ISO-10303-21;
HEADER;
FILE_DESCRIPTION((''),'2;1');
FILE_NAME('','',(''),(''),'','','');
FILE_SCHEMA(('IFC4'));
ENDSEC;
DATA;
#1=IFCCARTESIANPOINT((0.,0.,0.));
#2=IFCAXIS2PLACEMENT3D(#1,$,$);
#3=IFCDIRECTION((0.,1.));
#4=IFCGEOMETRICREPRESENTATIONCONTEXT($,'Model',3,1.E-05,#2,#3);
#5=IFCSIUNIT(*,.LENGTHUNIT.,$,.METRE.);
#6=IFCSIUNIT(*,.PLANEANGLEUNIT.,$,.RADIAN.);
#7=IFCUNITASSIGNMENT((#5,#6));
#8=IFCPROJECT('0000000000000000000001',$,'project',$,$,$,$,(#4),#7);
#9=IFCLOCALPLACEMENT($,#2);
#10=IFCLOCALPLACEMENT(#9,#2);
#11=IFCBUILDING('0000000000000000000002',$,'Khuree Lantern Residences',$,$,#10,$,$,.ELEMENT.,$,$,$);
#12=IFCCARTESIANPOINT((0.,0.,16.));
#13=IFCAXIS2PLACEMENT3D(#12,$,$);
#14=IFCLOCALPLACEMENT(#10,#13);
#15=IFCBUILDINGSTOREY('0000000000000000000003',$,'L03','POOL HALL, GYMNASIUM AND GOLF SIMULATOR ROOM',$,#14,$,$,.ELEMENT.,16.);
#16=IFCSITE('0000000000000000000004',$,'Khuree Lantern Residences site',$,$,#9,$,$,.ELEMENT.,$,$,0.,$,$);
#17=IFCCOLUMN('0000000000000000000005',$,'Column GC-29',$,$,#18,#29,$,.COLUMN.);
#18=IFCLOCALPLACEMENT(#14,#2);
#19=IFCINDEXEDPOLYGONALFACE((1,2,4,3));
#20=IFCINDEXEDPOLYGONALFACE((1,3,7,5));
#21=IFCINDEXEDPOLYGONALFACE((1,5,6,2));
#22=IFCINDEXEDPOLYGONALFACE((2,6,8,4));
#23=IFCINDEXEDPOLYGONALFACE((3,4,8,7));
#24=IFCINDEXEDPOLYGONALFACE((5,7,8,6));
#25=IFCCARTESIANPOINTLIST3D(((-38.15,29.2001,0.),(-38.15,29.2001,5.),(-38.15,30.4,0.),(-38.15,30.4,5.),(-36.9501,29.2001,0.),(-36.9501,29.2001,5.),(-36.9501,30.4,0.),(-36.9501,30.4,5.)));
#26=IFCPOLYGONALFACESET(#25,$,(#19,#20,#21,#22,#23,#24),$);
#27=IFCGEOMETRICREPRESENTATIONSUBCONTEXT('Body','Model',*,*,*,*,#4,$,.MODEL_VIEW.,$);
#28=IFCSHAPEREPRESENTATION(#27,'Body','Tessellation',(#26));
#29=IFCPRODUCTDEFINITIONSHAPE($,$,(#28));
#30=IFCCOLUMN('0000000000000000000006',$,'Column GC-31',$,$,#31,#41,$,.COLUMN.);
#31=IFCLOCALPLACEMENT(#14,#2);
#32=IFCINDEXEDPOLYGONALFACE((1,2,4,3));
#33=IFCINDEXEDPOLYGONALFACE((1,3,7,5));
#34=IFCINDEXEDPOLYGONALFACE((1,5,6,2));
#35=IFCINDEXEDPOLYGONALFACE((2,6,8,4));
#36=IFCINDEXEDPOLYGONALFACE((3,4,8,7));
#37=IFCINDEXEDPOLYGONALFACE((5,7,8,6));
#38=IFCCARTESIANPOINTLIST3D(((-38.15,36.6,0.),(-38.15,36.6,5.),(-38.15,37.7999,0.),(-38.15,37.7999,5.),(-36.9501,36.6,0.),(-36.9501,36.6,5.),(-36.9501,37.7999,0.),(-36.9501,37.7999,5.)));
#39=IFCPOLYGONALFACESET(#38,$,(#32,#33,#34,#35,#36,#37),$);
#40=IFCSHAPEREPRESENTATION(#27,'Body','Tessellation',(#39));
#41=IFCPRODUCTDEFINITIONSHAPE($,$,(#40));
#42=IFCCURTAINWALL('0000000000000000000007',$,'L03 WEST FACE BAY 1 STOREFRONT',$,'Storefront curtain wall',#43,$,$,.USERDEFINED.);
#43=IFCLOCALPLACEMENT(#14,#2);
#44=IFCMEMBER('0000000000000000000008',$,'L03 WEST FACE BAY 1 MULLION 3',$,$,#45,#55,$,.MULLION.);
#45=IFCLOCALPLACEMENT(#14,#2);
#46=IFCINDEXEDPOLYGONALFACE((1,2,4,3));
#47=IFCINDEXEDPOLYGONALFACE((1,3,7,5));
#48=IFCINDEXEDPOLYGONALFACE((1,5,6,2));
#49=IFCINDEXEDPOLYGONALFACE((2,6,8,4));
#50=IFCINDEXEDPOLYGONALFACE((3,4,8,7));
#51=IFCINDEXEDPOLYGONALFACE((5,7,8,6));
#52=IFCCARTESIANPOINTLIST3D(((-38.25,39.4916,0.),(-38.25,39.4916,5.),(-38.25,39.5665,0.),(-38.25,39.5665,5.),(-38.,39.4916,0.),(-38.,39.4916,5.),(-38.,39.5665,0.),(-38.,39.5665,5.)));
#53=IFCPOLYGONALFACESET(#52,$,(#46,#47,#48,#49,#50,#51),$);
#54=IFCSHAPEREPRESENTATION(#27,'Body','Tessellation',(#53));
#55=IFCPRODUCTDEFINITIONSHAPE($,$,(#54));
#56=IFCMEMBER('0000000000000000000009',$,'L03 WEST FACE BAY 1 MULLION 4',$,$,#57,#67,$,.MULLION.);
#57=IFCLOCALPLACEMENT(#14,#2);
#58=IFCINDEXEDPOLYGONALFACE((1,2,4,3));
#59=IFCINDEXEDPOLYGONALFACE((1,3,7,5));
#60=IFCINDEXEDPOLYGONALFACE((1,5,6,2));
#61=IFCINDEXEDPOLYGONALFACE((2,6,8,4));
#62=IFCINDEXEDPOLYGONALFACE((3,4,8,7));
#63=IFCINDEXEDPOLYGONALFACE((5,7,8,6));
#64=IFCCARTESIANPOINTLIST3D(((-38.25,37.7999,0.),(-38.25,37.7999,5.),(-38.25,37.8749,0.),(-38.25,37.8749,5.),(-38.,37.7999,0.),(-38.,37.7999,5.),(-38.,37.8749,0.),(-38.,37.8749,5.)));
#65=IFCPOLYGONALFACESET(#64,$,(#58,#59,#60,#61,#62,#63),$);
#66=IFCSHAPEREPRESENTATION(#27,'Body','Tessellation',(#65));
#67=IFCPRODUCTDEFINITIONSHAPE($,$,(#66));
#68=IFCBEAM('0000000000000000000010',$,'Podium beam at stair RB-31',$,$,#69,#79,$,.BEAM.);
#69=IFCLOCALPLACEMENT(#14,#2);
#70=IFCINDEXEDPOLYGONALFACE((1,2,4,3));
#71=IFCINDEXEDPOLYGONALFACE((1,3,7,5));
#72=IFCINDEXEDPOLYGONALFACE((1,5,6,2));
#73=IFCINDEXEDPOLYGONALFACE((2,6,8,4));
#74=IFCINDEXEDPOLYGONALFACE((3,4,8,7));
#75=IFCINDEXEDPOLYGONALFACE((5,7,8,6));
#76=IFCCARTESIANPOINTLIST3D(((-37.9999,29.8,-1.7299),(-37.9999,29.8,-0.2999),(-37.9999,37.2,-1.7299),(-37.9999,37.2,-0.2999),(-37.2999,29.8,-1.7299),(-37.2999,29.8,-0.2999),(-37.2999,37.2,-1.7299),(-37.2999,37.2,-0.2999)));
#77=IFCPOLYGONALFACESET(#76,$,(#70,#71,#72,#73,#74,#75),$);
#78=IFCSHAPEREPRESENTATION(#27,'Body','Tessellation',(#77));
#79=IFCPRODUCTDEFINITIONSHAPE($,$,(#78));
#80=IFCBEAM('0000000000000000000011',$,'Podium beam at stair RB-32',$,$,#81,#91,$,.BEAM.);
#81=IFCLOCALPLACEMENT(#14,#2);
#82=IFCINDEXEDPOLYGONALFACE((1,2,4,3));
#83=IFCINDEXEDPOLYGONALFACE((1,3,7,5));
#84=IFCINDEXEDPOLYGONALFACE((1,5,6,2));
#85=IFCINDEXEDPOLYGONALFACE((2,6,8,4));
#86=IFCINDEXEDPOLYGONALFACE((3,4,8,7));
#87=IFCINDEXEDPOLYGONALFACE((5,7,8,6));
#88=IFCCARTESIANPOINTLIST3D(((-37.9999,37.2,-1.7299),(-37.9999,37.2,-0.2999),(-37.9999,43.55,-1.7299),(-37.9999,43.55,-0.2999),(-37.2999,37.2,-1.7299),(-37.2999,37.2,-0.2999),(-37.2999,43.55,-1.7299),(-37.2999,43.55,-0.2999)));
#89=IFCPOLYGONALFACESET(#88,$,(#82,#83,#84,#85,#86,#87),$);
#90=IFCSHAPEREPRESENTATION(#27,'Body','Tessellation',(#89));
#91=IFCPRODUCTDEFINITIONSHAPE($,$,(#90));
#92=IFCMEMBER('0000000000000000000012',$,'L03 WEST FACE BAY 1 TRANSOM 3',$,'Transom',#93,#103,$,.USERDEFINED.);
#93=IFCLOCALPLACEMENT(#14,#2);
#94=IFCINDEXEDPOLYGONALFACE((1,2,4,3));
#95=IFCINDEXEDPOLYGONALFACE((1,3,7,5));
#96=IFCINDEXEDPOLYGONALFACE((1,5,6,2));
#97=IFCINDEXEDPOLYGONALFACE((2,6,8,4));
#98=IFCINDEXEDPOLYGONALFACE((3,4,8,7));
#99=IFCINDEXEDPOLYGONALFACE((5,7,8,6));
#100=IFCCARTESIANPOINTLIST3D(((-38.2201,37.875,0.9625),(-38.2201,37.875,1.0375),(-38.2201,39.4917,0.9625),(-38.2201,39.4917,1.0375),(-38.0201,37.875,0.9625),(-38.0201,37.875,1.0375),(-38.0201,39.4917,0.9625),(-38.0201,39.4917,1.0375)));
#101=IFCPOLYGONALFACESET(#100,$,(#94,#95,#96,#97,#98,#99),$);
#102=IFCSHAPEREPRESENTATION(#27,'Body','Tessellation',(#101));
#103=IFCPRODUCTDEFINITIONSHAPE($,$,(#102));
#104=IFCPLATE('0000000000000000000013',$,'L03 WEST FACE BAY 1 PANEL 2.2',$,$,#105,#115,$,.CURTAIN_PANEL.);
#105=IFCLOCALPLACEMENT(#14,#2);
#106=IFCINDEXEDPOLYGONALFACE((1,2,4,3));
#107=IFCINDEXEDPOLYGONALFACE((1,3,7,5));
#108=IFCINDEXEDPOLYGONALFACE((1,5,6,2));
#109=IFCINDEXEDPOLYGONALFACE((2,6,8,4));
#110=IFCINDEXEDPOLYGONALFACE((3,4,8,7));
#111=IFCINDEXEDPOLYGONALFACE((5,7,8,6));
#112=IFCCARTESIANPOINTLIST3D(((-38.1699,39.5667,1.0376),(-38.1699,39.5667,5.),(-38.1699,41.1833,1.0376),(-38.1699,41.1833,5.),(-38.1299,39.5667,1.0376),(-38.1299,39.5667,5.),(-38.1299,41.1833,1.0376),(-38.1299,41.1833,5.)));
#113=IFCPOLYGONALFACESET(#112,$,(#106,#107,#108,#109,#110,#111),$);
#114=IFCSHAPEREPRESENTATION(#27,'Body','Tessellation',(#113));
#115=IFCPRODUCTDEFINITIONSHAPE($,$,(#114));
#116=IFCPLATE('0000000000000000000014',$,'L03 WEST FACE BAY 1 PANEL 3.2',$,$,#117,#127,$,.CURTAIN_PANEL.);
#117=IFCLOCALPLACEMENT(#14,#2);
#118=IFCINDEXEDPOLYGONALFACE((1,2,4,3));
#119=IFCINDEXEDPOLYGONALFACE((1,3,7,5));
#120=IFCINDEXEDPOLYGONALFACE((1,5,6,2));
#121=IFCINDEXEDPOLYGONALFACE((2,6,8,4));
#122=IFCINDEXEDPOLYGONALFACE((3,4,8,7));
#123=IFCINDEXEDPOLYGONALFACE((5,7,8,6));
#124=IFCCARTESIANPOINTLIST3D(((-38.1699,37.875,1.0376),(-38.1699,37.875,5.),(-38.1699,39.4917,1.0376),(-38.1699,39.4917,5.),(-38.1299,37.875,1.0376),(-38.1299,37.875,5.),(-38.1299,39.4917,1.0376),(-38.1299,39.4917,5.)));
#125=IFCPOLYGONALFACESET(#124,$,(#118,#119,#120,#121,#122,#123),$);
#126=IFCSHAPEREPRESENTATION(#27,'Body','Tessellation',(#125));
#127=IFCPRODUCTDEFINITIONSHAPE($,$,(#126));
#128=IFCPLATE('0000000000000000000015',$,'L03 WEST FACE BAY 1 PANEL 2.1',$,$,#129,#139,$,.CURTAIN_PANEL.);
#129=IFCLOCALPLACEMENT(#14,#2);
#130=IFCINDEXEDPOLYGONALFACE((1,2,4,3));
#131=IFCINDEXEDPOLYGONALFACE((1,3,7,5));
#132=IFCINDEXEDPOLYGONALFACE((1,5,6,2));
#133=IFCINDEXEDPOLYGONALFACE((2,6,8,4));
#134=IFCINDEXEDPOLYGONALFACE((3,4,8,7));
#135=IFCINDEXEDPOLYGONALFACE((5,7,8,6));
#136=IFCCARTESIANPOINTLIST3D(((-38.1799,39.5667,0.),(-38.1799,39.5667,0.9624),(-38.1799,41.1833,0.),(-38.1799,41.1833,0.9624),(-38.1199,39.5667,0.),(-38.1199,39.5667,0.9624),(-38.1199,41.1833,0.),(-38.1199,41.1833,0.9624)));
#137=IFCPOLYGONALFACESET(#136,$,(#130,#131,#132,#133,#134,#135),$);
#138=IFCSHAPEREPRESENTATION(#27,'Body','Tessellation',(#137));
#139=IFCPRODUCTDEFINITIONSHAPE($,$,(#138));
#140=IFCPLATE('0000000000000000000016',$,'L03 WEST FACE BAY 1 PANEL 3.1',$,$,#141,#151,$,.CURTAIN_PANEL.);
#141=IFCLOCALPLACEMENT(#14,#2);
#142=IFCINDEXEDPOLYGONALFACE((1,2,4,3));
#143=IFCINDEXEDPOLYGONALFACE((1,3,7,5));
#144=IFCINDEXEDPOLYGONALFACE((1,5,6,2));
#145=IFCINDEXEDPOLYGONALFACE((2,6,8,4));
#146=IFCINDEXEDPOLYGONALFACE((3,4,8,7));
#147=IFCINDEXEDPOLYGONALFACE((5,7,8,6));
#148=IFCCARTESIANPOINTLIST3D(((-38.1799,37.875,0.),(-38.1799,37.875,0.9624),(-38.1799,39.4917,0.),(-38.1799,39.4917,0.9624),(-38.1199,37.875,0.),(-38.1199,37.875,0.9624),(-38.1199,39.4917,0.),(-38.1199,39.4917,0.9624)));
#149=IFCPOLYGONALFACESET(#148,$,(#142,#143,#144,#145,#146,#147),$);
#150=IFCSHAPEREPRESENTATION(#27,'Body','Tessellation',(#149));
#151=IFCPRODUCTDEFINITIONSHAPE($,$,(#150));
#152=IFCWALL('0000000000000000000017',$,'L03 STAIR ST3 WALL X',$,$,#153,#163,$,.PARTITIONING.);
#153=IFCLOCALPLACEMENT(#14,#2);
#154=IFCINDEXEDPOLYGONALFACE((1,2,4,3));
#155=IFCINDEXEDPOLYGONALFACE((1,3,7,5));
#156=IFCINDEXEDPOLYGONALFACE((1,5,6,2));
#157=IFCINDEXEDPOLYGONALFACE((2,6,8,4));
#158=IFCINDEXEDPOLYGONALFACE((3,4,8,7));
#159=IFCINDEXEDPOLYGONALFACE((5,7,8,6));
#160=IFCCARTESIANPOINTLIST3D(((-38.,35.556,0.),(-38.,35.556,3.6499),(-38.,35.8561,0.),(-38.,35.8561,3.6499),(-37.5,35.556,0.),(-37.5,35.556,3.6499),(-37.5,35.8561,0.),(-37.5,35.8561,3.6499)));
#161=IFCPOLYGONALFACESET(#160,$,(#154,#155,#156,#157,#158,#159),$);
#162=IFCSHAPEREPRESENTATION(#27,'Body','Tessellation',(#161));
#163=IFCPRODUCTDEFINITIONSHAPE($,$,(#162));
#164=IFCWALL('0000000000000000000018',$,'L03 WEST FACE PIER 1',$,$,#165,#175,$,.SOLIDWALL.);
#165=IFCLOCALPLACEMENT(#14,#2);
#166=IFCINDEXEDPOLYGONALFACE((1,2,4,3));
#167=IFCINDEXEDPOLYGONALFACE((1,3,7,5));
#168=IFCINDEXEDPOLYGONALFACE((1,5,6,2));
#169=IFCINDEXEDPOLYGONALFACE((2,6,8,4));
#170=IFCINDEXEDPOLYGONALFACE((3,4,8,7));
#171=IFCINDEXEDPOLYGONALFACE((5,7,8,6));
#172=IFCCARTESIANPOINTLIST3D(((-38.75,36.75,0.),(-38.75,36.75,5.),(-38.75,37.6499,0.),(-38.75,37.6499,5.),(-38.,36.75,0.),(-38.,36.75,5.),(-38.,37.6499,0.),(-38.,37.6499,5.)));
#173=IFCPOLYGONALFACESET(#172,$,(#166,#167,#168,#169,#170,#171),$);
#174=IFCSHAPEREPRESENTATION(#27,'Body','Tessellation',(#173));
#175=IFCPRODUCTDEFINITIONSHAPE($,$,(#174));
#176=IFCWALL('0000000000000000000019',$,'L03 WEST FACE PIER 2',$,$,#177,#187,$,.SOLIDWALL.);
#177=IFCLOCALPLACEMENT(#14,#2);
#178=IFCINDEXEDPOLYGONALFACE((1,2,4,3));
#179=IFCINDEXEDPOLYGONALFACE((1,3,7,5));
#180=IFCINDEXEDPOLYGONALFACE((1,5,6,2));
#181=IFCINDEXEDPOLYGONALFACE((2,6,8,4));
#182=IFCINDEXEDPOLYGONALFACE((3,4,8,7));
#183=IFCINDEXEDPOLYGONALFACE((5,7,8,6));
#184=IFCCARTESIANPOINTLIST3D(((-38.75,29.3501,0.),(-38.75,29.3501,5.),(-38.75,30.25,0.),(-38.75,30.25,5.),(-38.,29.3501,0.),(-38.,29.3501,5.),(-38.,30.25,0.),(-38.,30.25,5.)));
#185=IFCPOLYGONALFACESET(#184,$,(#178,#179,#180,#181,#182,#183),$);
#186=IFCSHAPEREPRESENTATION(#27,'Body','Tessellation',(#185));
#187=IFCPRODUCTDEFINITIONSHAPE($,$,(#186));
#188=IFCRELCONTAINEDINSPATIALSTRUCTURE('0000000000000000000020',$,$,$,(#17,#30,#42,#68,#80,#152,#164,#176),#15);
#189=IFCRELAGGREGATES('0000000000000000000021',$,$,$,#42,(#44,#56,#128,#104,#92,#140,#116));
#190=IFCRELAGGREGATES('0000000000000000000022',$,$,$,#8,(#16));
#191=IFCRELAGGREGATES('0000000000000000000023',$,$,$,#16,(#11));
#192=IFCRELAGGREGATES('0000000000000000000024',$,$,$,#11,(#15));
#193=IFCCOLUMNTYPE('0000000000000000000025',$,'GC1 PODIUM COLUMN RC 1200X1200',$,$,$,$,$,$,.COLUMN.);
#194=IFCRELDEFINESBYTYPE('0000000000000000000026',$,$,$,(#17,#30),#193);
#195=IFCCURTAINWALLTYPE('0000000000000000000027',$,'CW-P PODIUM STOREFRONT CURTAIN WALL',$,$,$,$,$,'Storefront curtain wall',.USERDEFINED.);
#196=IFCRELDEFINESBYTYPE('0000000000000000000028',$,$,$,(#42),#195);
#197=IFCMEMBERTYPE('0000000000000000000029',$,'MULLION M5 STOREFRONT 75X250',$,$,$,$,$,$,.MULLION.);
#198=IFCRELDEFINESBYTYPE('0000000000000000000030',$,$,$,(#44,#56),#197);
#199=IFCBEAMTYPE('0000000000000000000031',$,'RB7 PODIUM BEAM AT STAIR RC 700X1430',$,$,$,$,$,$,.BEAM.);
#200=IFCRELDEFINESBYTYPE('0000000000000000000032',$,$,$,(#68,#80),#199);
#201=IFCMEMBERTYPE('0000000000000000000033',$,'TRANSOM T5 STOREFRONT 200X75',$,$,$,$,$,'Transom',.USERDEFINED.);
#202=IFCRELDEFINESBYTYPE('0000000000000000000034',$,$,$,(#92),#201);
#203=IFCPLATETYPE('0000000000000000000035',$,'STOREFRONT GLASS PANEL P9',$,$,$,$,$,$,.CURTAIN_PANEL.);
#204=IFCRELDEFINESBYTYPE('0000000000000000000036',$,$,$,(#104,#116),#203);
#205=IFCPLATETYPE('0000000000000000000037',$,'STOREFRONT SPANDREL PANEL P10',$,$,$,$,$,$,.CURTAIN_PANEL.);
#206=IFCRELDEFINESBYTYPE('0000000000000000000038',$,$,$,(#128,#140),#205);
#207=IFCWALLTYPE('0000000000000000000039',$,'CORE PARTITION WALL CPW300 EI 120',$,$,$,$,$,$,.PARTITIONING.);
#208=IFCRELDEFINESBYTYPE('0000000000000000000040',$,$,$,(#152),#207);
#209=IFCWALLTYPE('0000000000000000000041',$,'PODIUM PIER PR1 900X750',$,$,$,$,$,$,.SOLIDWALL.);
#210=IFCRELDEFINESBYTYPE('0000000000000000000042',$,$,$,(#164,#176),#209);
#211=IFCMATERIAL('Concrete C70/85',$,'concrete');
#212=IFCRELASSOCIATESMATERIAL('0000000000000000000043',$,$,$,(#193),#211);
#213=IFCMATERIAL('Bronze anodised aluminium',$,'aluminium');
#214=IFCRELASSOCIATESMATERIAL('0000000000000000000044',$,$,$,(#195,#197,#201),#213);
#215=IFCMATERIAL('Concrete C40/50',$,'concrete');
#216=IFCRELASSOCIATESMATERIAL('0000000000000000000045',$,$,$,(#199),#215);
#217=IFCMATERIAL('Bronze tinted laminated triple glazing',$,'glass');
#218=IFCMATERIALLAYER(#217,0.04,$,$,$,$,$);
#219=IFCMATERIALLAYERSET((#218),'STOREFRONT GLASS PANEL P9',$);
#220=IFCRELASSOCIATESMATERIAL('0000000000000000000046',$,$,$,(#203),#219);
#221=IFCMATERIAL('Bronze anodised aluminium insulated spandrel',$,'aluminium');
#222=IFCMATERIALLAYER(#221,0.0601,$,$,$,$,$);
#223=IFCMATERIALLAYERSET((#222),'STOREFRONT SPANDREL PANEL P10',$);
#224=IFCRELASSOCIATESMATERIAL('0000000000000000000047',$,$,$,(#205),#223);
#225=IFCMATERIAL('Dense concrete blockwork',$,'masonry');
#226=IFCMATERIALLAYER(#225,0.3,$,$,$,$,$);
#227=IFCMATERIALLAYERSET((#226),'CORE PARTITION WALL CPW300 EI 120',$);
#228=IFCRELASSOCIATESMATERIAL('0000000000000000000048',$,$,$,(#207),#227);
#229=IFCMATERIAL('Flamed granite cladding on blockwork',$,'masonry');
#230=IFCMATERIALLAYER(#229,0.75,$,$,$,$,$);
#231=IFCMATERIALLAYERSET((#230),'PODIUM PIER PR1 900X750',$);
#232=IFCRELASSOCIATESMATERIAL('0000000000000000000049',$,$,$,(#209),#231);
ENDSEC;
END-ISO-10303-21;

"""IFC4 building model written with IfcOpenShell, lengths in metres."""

from ifc_helpers import new_model, si_unit, direction, frame, frame_2d, origin, origin_2d, place, context, subcontext, project, spatial, rectangle, extrude, material, layer, layer_set, material_profile, profile_set, type_object, element, aggregate, save


model = new_model("IFC4")

# Units and contexts
model_context = context("Model", 3, precision=1e-05, world=origin(), true_north=direction((0.0, 1.0)))
body_context = subcontext(model_context, "Body", "Model", "MODEL_VIEW")
ifc_project = project(units=[si_unit("LENGTHUNIT", "METRE"), si_unit("PLANEANGLEUNIT", "RADIAN")], contexts=[model_context])

# Site, building, storey
site_placement = place(None, origin())
site = spatial("IfcSite", under=ifc_project, at=site_placement, Name="Khuree Lantern Residences site", CompositionType="ELEMENT", RefElevation=0.0)
building_placement = place(site_placement, origin())
building = spatial("IfcBuilding", under=site, at=building_placement, Name="Khuree Lantern Residences", CompositionType="ELEMENT")
storey_placement = place(building_placement, frame((0.0, 0.0, 16.0)))
storey = spatial("IfcBuildingStorey", under=building, at=storey_placement, Name="L03", Description="POOL HALL, GYMNASIUM AND GOLF SIMULATOR ROOM", CompositionType="ELEMENT", Elevation=16.0)

# Columns
ifc_material_1 = material(Name="Concrete C70/85", Category="concrete")
ifc_material_profile_1 = material_profile(ifc_material_1, rectangle(XDim=1.2, YDim=1.2, at=origin_2d()), Name="RC 1200X1200")
ifc_profile_set_1 = profile_set([ifc_material_profile_1], Name="Concrete C70/85")
column_type = type_object("IfcColumnType", Name="GC1 PODIUM COLUMN RC 1200X1200", PredefinedType="COLUMN", material=ifc_profile_set_1)
for number, where, z_axis, x_axis, name in (
    (1, (-37.55, 29.8, 0.0), (0.0, 0.0, 1.0), (1.0, 0.0, 0.0), "Column GC-29"),
    (2, (-37.55, 37.2, 0.0), (0.0, 0.0, 1.0), (1.0, 0.0, 0.0), "Column GC-31"),
):
    element("IfcColumn", number, at=place(storey_placement, frame(where, z_axis=z_axis, x_axis=x_axis)), inside=storey, type_object=column_type, Name=name, PredefinedType="COLUMN", context=body_context, shape_type="SweptSolid", body=[
        extrude(rectangle(XDim=1.2, YDim=1.2, at=origin_2d()), origin(), (0.0, 0.0, 1.0), 5.0),
    ])

# Curtain wall, members
ifc_material_2 = material(Name="Bronze anodised aluminium", Category="aluminium")
curtain_wall_type = type_object("IfcCurtainWallType", Name="CW-P PODIUM STOREFRONT CURTAIN WALL", ElementType="Storefront curtain wall", PredefinedType="USERDEFINED", material=ifc_material_2)
curtain_wall_placement = place(storey_placement, origin())
curtain_wall = element("IfcCurtainWall", 3, at=curtain_wall_placement, inside=storey, type_object=curtain_wall_type, Name="L03 WEST FACE BAY 1 STOREFRONT", ObjectType="Storefront curtain wall", PredefinedType="USERDEFINED")
ifc_material_profile_2 = material_profile(ifc_material_2, rectangle(XDim=0.075, YDim=0.25, at=origin_2d()), Name="M5 75X250")
ifc_profile_set_2 = profile_set([ifc_material_profile_2], Name="Bronze anodised aluminium")
member_type_1 = type_object("IfcMemberType", Name="MULLION M5 STOREFRONT 75X250", PredefinedType="MULLION", material=ifc_profile_set_2)
member_1_placement = place(storey_placement, frame((-38.125, 39.5291, 0.0), z_axis=(0.0, 0.0, 1.0), x_axis=(0.0, -1.0, 0.0)))
member_1 = element("IfcMember", 4, at=member_1_placement, type_object=member_type_1, Name="L03 WEST FACE BAY 1 MULLION 3", PredefinedType="MULLION", context=body_context, shape_type="SweptSolid", body=[
    extrude(rectangle(XDim=0.075, YDim=0.25, at=origin_2d()), origin(), (0.0, 0.0, 1.0), 5.0),
])
member_2_placement = place(storey_placement, frame((-38.125, 37.8374, 0.0), z_axis=(0.0, 0.0, 1.0), x_axis=(0.0, -1.0, 0.0)))
member_2 = element("IfcMember", 5, at=member_2_placement, type_object=member_type_1, Name="L03 WEST FACE BAY 1 MULLION 4", PredefinedType="MULLION", context=body_context, shape_type="SweptSolid", body=[
    extrude(rectangle(XDim=0.075, YDim=0.25, at=origin_2d()), origin(), (0.0, 0.0, 1.0), 5.0),
])

# Beams
ifc_material_3 = material(Name="Concrete C40/50", Category="concrete")
ifc_material_profile_3 = material_profile(ifc_material_3, rectangle(XDim=0.7, YDim=1.4299, at=origin_2d()), Name="RC 700X1430")
ifc_profile_set_3 = profile_set([ifc_material_profile_3], Name="Concrete C40/50")
beam_type = type_object("IfcBeamType", Name="RB7 PODIUM BEAM AT STAIR RC 700X1430", PredefinedType="BEAM", material=ifc_profile_set_3)
beam_1_placement = place(storey_placement, frame((-37.6499, 29.8, -1.0149), z_axis=(0.0, 1.0, 0.0), x_axis=(-1.0, 0.0, 0.0)))
element("IfcBeam", 6, at=beam_1_placement, inside=storey, type_object=beam_type, Name="Podium beam at stair RB-31", PredefinedType="BEAM", context=body_context, shape_type="SweptSolid", body=[
    extrude(rectangle(XDim=0.7, YDim=1.4299, at=origin_2d()), origin(), (0.0, 0.0, 1.0), 7.3999),
])
beam_2_placement = place(storey_placement, frame((-37.6499, 37.2, -1.0149), z_axis=(0.0, 1.0, 0.0), x_axis=(-1.0, 0.0, 0.0)))
element("IfcBeam", 7, at=beam_2_placement, inside=storey, type_object=beam_type, Name="Podium beam at stair RB-32", PredefinedType="BEAM", context=body_context, shape_type="SweptSolid", body=[
    extrude(rectangle(XDim=0.7, YDim=1.4299, at=origin_2d()), origin(), (0.0, 0.0, 1.0), 6.3501),
])

# Member
ifc_material_profile_4 = material_profile(ifc_material_2, rectangle(XDim=0.2, YDim=0.075, at=origin_2d()), Name="T5 200X75")
ifc_profile_set_4 = profile_set([ifc_material_profile_4], Name="Bronze anodised aluminium")
member_type_2 = type_object("IfcMemberType", Name="TRANSOM T5 STOREFRONT 200X75", ElementType="Transom", PredefinedType="USERDEFINED", material=ifc_profile_set_4)
member_3_placement = place(storey_placement, frame((-38.1201, 39.4917, 1.0), z_axis=(0.0, -1.0, 0.0), x_axis=(1.0, 0.0, 0.0)))
member_3 = element("IfcMember", 8, at=member_3_placement, type_object=member_type_2, Name="L03 WEST FACE BAY 1 TRANSOM 3", ObjectType="Transom", PredefinedType="USERDEFINED", context=body_context, shape_type="SweptSolid", body=[
    extrude(rectangle(XDim=0.2, YDim=0.075, at=origin_2d()), origin(), (0.0, 0.0, 1.0), 1.6167),
])

# Plates
ifc_material_4 = material(Name="Bronze tinted laminated triple glazing", Category="glass")
ifc_layer_1 = layer(ifc_material_4, 0.04)
ifc_layer_set_1 = layer_set([ifc_layer_1], Name="STOREFRONT GLASS PANEL P9")
plate_type_1 = type_object("IfcPlateType", Name="STOREFRONT GLASS PANEL P9", PredefinedType="CURTAIN_PANEL", material=ifc_layer_set_1)
plate_1_placement = place(storey_placement, frame((-38.1499, 40.375, 1.0376), z_axis=(0.0, 0.0, 1.0), x_axis=(0.0, -1.0, 0.0)))
plate_1 = element("IfcPlate", 9, at=plate_1_placement, type_object=plate_type_1, Name="L03 WEST FACE BAY 1 PANEL 2.2", PredefinedType="CURTAIN_PANEL", context=body_context, shape_type="SweptSolid", body=[
    extrude(rectangle(XDim=1.6167, YDim=0.04, at=origin_2d()), origin(), (0.0, 0.0, 1.0), 3.9624),
])
plate_2_placement = place(storey_placement, frame((-38.1499, 38.6833, 1.0376), z_axis=(0.0, 0.0, 1.0), x_axis=(0.0, -1.0, 0.0)))
plate_2 = element("IfcPlate", 10, at=plate_2_placement, type_object=plate_type_1, Name="L03 WEST FACE BAY 1 PANEL 3.2", PredefinedType="CURTAIN_PANEL", context=body_context, shape_type="SweptSolid", body=[
    extrude(rectangle(XDim=1.6167, YDim=0.04, at=origin_2d()), origin(), (0.0, 0.0, 1.0), 3.9624),
])
ifc_material_5 = material(Name="Bronze anodised aluminium insulated spandrel", Category="aluminium")
ifc_layer_2 = layer(ifc_material_5, 0.0601)
ifc_layer_set_2 = layer_set([ifc_layer_2], Name="STOREFRONT SPANDREL PANEL P10")
plate_type_2 = type_object("IfcPlateType", Name="STOREFRONT SPANDREL PANEL P10", PredefinedType="CURTAIN_PANEL", material=ifc_layer_set_2)
plate_3_placement = place(storey_placement, frame((-38.1499, 40.375, 0.0), z_axis=(0.0, 0.0, 1.0), x_axis=(0.0, -1.0, 0.0)))
plate_3 = element("IfcPlate", 11, at=plate_3_placement, type_object=plate_type_2, Name="L03 WEST FACE BAY 1 PANEL 2.1", PredefinedType="CURTAIN_PANEL", context=body_context, shape_type="SweptSolid", body=[
    extrude(rectangle(XDim=1.6167, YDim=0.0601, at=origin_2d()), origin(), (0.0, 0.0, 1.0), 0.9624),
])
plate_4_placement = place(storey_placement, frame((-38.1499, 38.6833, 0.0), z_axis=(0.0, 0.0, 1.0), x_axis=(0.0, -1.0, 0.0)))
plate_4 = element("IfcPlate", 12, at=plate_4_placement, type_object=plate_type_2, Name="L03 WEST FACE BAY 1 PANEL 3.1", PredefinedType="CURTAIN_PANEL", context=body_context, shape_type="SweptSolid", body=[
    extrude(rectangle(XDim=1.6167, YDim=0.0601, at=origin_2d()), origin(), (0.0, 0.0, 1.0), 0.9624),
])
aggregate(curtain_wall, [member_1, member_2, plate_3, plate_1, member_3, plate_4, plate_2])

# Walls
ifc_material_6 = material(Name="Dense concrete blockwork", Category="masonry")
ifc_layer_3 = layer(ifc_material_6, 0.3)
ifc_layer_set_3 = layer_set([ifc_layer_3], Name="CORE PARTITION WALL CPW300 EI 120")
wall_type_1 = type_object("IfcWallType", Name="CORE PARTITION WALL CPW300 EI 120", PredefinedType="PARTITIONING", material=ifc_layer_set_3)
wall_1_placement = place(storey_placement, frame((-38.0, 35.7061, 0.0), z_axis=(0.0, 0.0, 1.0), x_axis=(1.0, 0.0, 0.0)))
element("IfcWall", 13, at=wall_1_placement, inside=storey, type_object=wall_type_1, Name="L03 STAIR ST3 WALL X", PredefinedType="PARTITIONING", context=body_context, shape_type="SweptSolid", body=[
    extrude(rectangle(XDim=0.5, YDim=0.3, at=frame_2d((0.25, 0.0))), origin(), (0.0, 0.0, 1.0), 3.6499),
])
ifc_material_7 = material(Name="Flamed granite cladding on blockwork", Category="masonry")
ifc_layer_4 = layer(ifc_material_7, 0.75)
ifc_layer_set_4 = layer_set([ifc_layer_4], Name="PODIUM PIER PR1 900X750")
wall_type_2 = type_object("IfcWallType", Name="PODIUM PIER PR1 900X750", PredefinedType="SOLIDWALL", material=ifc_layer_set_4)
for number, where, z_axis, x_axis, name in (
    (14, (-38.375, 37.6499, 0.0), (0.0, 0.0, 1.0), (0.0, -1.0, 0.0), "L03 WEST FACE PIER 1"),
    (15, (-38.375, 30.25, 0.0), (0.0, 0.0, 1.0), (0.0, -1.0, 0.0), "L03 WEST FACE PIER 2"),
):
    element("IfcWall", number, at=place(storey_placement, frame(where, z_axis=z_axis, x_axis=x_axis)), inside=storey, type_object=wall_type_2, Name=name, PredefinedType="SOLIDWALL", context=body_context, shape_type="SweptSolid", body=[
        extrude(rectangle(XDim=0.8999, YDim=0.75, at=frame_2d((0.45, 0.0))), origin(), (0.0, 0.0, 1.0), 5.0),
    ])

save(model, "model.ifc")
